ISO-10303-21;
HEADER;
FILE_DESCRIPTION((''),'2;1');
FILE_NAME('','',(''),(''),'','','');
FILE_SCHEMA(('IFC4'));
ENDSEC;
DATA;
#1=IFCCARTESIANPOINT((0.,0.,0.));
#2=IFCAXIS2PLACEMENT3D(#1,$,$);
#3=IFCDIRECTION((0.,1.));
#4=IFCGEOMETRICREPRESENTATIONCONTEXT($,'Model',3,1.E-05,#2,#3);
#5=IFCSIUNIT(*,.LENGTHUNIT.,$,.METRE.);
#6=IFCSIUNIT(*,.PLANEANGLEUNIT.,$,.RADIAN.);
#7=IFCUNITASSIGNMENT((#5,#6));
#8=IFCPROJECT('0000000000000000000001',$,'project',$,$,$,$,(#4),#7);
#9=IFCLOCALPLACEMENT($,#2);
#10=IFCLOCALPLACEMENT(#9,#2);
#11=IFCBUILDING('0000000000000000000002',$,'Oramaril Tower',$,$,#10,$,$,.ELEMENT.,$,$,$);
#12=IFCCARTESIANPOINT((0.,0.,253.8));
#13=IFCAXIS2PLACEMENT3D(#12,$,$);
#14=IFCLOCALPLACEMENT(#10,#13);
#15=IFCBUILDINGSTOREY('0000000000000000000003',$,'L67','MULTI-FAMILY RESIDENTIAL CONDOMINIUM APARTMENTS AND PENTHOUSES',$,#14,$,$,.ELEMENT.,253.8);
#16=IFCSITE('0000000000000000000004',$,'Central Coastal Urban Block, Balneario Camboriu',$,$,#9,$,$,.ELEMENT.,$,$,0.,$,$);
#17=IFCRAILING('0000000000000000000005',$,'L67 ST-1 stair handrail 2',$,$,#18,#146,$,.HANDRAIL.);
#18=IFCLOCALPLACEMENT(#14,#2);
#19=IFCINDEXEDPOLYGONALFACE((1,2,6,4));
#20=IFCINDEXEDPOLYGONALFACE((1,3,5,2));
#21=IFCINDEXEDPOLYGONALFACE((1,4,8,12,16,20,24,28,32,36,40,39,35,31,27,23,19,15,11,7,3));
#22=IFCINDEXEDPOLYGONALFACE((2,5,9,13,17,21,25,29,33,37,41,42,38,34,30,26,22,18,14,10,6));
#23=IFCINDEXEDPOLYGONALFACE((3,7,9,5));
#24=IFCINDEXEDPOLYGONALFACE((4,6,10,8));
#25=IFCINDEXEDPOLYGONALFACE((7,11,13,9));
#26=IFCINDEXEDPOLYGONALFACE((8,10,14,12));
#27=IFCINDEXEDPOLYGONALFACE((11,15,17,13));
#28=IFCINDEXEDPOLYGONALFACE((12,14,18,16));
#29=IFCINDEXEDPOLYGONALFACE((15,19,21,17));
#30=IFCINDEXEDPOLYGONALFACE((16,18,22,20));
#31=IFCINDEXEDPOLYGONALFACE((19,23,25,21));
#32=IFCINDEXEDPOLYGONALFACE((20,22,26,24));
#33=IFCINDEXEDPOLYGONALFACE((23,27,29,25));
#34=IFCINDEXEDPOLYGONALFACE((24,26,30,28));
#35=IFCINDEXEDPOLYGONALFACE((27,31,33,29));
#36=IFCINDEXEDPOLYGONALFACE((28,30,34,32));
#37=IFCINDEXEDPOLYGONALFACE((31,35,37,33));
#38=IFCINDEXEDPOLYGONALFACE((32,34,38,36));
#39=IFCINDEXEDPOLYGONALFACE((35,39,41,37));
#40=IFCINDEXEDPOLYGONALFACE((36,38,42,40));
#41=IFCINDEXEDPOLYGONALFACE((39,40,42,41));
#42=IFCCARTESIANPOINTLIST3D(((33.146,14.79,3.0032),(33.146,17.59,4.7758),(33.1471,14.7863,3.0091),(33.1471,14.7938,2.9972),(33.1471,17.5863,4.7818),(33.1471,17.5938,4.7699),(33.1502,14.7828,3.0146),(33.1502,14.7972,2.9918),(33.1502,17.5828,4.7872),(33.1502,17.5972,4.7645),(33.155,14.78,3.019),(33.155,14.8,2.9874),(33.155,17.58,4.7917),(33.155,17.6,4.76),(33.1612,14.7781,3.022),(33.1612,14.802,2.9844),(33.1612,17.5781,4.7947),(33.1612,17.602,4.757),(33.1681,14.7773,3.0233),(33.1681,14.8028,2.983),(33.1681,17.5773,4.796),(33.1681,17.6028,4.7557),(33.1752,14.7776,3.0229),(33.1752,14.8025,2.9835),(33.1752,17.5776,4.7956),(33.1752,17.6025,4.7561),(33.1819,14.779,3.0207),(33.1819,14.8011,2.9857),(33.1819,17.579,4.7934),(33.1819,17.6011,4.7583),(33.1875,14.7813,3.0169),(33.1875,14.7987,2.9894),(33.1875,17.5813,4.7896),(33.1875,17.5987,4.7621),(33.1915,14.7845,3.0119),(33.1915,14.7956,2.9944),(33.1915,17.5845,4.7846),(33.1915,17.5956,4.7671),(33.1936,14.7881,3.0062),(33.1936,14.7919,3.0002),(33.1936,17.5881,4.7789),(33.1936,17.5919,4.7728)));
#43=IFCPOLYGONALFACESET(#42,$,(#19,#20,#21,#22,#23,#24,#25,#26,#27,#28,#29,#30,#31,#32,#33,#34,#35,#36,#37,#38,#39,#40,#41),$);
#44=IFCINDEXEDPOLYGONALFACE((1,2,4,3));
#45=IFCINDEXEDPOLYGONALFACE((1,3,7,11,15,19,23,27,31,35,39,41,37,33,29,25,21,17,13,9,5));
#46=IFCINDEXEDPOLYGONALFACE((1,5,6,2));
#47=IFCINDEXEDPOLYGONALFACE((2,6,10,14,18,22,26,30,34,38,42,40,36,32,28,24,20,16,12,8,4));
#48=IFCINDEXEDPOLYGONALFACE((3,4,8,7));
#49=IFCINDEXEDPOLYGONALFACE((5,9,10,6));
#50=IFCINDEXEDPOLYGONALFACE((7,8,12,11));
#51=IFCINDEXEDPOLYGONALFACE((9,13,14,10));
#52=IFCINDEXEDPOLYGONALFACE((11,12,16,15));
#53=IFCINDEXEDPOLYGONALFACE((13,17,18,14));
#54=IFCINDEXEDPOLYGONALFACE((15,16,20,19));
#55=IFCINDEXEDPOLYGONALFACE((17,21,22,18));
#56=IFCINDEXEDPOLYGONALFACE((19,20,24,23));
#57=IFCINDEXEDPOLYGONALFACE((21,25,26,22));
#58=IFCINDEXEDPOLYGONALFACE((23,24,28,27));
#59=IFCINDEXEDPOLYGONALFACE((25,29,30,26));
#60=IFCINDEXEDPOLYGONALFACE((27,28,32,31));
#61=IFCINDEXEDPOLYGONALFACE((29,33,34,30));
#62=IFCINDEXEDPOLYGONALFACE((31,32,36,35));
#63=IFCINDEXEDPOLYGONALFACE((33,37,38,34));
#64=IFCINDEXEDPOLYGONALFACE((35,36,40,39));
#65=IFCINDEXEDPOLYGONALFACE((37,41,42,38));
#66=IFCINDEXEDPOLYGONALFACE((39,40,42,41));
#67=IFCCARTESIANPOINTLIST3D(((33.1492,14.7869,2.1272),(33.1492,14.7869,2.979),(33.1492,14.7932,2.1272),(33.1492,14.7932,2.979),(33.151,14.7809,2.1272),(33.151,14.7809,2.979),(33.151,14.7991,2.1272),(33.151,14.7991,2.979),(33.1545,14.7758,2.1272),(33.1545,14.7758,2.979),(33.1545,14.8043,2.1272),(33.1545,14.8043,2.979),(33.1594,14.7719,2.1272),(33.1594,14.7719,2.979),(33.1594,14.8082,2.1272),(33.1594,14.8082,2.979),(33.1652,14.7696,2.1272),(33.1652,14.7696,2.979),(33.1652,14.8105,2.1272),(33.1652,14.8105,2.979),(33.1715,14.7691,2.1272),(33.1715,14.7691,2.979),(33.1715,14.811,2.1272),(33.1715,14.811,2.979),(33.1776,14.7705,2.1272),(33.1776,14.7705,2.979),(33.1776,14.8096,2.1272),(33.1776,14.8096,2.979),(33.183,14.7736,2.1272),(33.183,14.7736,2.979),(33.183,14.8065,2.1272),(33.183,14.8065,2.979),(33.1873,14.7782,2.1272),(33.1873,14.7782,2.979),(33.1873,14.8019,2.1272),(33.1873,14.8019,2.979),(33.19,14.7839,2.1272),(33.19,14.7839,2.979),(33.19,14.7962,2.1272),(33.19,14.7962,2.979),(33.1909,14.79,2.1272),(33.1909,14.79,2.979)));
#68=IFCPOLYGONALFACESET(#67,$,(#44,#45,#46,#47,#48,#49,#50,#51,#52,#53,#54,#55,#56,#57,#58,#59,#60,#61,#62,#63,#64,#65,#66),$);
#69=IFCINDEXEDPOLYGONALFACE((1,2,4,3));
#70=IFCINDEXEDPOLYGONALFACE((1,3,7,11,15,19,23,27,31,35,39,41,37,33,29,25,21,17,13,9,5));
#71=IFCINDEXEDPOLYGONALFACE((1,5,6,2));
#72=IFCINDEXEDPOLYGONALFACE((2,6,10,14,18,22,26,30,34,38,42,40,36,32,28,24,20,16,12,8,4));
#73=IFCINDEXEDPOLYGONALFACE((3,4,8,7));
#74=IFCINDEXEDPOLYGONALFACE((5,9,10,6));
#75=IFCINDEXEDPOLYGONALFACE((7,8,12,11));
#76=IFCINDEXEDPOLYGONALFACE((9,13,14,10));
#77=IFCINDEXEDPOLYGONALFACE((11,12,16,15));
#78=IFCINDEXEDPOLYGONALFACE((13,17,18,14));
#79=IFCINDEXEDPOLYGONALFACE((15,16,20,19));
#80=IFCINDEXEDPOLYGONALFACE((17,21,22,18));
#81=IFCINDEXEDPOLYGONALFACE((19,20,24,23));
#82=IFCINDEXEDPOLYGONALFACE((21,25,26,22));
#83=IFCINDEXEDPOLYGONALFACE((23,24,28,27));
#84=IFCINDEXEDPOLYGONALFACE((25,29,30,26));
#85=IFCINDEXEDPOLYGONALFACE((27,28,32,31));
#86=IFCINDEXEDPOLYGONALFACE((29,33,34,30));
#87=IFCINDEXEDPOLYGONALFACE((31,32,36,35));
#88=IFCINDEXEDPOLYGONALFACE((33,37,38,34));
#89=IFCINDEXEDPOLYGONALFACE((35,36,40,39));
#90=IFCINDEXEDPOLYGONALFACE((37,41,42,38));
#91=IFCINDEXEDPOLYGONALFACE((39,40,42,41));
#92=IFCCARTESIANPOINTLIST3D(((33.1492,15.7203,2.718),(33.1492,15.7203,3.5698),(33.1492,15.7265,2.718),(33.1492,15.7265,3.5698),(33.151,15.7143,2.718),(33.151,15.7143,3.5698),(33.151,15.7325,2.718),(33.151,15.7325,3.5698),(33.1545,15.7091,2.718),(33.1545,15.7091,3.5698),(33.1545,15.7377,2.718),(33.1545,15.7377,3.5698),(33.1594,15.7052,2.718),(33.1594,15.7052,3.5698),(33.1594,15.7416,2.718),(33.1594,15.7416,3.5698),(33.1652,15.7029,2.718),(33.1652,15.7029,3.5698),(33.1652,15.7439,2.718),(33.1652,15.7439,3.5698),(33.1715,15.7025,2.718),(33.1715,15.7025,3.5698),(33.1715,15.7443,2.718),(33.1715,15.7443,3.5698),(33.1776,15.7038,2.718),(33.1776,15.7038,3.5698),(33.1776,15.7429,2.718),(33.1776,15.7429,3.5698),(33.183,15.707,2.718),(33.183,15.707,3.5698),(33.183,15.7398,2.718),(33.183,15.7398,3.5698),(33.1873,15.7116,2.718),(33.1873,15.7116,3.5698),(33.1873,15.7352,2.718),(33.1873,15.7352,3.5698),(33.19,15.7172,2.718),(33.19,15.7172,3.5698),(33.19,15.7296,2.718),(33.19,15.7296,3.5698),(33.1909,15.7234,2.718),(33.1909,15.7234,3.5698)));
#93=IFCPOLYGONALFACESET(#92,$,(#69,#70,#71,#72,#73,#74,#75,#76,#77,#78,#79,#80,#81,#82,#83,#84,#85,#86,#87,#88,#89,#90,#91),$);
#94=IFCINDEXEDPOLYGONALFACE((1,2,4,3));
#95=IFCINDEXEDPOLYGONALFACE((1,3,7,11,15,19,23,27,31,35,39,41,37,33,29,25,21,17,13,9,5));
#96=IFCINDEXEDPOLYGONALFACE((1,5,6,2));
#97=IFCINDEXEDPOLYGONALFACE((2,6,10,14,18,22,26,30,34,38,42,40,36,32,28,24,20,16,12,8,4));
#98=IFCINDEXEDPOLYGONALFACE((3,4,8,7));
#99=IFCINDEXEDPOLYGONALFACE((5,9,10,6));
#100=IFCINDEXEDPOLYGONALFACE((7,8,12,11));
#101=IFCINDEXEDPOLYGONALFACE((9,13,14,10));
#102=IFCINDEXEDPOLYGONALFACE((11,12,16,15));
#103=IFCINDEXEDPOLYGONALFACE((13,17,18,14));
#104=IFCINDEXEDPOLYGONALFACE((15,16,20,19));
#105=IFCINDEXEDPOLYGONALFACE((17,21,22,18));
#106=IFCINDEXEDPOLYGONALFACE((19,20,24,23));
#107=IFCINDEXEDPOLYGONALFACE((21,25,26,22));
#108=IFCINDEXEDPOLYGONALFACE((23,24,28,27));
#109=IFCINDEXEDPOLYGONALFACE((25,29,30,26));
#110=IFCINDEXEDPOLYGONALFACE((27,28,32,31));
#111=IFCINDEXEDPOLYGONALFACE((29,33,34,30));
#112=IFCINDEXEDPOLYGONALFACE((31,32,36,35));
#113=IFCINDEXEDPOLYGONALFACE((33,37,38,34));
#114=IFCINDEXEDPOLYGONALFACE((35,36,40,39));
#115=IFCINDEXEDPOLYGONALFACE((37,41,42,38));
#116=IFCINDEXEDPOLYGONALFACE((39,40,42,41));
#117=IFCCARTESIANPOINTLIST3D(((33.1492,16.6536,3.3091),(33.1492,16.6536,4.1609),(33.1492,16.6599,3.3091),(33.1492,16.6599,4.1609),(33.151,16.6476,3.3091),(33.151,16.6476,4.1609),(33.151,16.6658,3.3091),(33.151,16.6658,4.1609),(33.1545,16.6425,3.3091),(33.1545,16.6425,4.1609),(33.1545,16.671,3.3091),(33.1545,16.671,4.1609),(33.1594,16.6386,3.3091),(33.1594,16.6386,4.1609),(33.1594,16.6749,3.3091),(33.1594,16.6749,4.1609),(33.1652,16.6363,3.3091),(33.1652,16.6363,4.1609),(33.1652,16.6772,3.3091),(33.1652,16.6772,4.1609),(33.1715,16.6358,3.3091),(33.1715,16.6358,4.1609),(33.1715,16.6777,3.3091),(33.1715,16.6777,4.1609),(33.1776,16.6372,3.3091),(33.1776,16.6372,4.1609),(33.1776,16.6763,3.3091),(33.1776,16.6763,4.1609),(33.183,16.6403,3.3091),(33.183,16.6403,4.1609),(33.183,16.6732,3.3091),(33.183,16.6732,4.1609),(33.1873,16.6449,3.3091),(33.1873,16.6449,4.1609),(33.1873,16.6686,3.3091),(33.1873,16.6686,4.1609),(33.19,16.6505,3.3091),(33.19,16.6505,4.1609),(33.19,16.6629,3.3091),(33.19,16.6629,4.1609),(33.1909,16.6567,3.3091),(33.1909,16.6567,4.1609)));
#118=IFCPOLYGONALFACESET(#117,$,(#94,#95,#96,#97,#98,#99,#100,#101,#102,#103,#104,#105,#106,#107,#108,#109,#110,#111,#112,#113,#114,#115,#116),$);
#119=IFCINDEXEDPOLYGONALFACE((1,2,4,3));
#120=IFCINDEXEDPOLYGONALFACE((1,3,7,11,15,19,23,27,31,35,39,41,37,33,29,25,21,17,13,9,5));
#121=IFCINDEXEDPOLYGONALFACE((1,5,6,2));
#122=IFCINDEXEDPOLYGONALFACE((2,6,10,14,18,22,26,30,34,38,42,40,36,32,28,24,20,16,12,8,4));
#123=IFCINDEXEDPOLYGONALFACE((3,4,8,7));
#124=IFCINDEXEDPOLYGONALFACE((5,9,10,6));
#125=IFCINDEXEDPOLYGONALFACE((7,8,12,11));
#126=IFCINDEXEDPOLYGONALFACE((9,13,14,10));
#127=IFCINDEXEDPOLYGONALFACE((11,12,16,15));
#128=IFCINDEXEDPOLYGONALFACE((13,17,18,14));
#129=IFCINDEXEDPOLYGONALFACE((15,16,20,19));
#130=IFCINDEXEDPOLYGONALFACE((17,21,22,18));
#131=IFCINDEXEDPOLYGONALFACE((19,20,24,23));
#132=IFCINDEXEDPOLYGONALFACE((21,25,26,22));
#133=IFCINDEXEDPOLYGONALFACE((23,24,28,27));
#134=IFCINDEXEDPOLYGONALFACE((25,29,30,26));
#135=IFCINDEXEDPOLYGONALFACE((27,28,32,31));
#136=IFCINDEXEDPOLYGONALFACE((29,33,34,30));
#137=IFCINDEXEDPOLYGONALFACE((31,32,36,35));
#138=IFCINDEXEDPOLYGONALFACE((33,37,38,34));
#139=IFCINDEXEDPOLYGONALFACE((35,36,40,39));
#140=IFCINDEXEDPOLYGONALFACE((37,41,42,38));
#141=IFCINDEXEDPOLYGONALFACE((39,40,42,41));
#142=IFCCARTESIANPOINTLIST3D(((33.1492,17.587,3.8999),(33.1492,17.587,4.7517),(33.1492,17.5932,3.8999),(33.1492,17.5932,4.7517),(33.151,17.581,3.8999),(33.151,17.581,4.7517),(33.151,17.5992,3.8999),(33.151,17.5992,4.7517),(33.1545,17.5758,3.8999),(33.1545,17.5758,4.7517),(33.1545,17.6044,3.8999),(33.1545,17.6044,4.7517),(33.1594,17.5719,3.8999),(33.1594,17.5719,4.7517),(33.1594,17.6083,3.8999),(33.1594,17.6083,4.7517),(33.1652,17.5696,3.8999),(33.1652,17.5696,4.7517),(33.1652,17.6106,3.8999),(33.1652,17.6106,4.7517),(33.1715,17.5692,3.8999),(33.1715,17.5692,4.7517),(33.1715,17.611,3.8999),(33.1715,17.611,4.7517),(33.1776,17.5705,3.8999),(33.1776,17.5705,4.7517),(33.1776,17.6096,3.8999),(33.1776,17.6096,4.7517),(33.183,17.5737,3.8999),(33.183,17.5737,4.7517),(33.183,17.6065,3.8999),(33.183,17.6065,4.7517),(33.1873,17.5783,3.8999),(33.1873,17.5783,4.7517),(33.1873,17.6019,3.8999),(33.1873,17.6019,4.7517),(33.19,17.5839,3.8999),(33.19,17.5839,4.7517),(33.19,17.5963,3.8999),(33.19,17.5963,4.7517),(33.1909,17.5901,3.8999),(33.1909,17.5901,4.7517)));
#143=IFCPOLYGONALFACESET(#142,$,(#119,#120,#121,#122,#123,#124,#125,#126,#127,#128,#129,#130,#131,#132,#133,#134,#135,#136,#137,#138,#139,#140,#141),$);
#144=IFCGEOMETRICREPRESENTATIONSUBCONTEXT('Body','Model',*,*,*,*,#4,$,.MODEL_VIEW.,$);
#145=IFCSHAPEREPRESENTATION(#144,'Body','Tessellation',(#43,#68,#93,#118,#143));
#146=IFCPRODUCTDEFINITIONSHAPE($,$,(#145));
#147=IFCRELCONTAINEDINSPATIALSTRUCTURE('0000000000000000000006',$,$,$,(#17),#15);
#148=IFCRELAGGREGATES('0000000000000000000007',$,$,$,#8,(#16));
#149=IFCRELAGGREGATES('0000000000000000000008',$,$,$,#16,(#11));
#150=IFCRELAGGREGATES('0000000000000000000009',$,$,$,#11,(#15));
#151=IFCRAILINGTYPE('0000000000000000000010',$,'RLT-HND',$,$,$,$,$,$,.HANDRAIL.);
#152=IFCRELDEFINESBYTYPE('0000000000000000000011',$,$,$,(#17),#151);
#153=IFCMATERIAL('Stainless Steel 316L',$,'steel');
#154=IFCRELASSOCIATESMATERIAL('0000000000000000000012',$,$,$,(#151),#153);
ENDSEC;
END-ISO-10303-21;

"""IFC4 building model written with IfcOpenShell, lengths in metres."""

from ifc_helpers import new_model, si_unit, direction, frame, origin, origin_2d, place, context, subcontext, project, spatial, circle, extrude, material, type_object, element, save


model = new_model("IFC4")

# Units and contexts
model_context = context("Model", 3, precision=1e-05, world=origin(), true_north=direction((0.0, 1.0)))
body_context = subcontext(model_context, "Body", "Model", "MODEL_VIEW")
ifc_project = project(units=[si_unit("LENGTHUNIT", "METRE"), si_unit("PLANEANGLEUNIT", "RADIAN")], contexts=[model_context])

# Site, building, storey
site_placement = place(None, origin())
site = spatial("IfcSite", under=ifc_project, at=site_placement, Name="Central Coastal Urban Block, Balneario Camboriu", CompositionType="ELEMENT", RefElevation=0.0)
building_placement = place(site_placement, origin())
building = spatial("IfcBuilding", under=site, at=building_placement, Name="Oramaril Tower", CompositionType="ELEMENT")
storey_placement = place(building_placement, frame((0.0, 0.0, 253.8)))
storey = spatial("IfcBuildingStorey", under=building, at=storey_placement, Name="L67", Description="MULTI-FAMILY RESIDENTIAL CONDOMINIUM APARTMENTS AND PENTHOUSES", CompositionType="ELEMENT", Elevation=253.8)

# Railing
ifc_material_1 = material(Name="Stainless Steel 316L", Category="steel")
railing_type_1 = type_object("IfcRailingType", Name="RLT-HND", PredefinedType="HANDRAIL", material=ifc_material_1)
railing_1_placement = place(storey_placement, frame((33.1699, 14.79, 2.1272)))
element("IfcRailing", 1, at=railing_1_placement, inside=storey, type_object=railing_type_1, Name="L67 ST-1 stair handrail 2", PredefinedType="HANDRAIL", context=body_context, shape_type="SweptSolid", body=[
    extrude(circle(Radius=0.0239, at=origin_2d()), frame((0.0, 0.0, 0.876), z_axis=(0.0, 0.844909, 0.53491), x_axis=(-1.0, 0.0, 0.0)), (0.0, 0.0, 1.0), 3.314),
    extrude(circle(Radius=0.021, at=origin_2d()), origin(), (0.0, 0.0, 1.0), 0.8518),
    extrude(circle(Radius=0.021, at=origin_2d()), frame((0.0, 0.9333, 0.5908)), (0.0, 0.0, 1.0), 0.8518),
    extrude(circle(Radius=0.021, at=origin_2d()), frame((0.0, 1.8667, 1.1819)), (0.0, 0.0, 1.0), 0.8518),
    extrude(circle(Radius=0.021, at=origin_2d()), frame((0.0, 2.8, 1.7727)), (0.0, 0.0, 1.0), 0.8518),
])

save(model, "model.ifc")
